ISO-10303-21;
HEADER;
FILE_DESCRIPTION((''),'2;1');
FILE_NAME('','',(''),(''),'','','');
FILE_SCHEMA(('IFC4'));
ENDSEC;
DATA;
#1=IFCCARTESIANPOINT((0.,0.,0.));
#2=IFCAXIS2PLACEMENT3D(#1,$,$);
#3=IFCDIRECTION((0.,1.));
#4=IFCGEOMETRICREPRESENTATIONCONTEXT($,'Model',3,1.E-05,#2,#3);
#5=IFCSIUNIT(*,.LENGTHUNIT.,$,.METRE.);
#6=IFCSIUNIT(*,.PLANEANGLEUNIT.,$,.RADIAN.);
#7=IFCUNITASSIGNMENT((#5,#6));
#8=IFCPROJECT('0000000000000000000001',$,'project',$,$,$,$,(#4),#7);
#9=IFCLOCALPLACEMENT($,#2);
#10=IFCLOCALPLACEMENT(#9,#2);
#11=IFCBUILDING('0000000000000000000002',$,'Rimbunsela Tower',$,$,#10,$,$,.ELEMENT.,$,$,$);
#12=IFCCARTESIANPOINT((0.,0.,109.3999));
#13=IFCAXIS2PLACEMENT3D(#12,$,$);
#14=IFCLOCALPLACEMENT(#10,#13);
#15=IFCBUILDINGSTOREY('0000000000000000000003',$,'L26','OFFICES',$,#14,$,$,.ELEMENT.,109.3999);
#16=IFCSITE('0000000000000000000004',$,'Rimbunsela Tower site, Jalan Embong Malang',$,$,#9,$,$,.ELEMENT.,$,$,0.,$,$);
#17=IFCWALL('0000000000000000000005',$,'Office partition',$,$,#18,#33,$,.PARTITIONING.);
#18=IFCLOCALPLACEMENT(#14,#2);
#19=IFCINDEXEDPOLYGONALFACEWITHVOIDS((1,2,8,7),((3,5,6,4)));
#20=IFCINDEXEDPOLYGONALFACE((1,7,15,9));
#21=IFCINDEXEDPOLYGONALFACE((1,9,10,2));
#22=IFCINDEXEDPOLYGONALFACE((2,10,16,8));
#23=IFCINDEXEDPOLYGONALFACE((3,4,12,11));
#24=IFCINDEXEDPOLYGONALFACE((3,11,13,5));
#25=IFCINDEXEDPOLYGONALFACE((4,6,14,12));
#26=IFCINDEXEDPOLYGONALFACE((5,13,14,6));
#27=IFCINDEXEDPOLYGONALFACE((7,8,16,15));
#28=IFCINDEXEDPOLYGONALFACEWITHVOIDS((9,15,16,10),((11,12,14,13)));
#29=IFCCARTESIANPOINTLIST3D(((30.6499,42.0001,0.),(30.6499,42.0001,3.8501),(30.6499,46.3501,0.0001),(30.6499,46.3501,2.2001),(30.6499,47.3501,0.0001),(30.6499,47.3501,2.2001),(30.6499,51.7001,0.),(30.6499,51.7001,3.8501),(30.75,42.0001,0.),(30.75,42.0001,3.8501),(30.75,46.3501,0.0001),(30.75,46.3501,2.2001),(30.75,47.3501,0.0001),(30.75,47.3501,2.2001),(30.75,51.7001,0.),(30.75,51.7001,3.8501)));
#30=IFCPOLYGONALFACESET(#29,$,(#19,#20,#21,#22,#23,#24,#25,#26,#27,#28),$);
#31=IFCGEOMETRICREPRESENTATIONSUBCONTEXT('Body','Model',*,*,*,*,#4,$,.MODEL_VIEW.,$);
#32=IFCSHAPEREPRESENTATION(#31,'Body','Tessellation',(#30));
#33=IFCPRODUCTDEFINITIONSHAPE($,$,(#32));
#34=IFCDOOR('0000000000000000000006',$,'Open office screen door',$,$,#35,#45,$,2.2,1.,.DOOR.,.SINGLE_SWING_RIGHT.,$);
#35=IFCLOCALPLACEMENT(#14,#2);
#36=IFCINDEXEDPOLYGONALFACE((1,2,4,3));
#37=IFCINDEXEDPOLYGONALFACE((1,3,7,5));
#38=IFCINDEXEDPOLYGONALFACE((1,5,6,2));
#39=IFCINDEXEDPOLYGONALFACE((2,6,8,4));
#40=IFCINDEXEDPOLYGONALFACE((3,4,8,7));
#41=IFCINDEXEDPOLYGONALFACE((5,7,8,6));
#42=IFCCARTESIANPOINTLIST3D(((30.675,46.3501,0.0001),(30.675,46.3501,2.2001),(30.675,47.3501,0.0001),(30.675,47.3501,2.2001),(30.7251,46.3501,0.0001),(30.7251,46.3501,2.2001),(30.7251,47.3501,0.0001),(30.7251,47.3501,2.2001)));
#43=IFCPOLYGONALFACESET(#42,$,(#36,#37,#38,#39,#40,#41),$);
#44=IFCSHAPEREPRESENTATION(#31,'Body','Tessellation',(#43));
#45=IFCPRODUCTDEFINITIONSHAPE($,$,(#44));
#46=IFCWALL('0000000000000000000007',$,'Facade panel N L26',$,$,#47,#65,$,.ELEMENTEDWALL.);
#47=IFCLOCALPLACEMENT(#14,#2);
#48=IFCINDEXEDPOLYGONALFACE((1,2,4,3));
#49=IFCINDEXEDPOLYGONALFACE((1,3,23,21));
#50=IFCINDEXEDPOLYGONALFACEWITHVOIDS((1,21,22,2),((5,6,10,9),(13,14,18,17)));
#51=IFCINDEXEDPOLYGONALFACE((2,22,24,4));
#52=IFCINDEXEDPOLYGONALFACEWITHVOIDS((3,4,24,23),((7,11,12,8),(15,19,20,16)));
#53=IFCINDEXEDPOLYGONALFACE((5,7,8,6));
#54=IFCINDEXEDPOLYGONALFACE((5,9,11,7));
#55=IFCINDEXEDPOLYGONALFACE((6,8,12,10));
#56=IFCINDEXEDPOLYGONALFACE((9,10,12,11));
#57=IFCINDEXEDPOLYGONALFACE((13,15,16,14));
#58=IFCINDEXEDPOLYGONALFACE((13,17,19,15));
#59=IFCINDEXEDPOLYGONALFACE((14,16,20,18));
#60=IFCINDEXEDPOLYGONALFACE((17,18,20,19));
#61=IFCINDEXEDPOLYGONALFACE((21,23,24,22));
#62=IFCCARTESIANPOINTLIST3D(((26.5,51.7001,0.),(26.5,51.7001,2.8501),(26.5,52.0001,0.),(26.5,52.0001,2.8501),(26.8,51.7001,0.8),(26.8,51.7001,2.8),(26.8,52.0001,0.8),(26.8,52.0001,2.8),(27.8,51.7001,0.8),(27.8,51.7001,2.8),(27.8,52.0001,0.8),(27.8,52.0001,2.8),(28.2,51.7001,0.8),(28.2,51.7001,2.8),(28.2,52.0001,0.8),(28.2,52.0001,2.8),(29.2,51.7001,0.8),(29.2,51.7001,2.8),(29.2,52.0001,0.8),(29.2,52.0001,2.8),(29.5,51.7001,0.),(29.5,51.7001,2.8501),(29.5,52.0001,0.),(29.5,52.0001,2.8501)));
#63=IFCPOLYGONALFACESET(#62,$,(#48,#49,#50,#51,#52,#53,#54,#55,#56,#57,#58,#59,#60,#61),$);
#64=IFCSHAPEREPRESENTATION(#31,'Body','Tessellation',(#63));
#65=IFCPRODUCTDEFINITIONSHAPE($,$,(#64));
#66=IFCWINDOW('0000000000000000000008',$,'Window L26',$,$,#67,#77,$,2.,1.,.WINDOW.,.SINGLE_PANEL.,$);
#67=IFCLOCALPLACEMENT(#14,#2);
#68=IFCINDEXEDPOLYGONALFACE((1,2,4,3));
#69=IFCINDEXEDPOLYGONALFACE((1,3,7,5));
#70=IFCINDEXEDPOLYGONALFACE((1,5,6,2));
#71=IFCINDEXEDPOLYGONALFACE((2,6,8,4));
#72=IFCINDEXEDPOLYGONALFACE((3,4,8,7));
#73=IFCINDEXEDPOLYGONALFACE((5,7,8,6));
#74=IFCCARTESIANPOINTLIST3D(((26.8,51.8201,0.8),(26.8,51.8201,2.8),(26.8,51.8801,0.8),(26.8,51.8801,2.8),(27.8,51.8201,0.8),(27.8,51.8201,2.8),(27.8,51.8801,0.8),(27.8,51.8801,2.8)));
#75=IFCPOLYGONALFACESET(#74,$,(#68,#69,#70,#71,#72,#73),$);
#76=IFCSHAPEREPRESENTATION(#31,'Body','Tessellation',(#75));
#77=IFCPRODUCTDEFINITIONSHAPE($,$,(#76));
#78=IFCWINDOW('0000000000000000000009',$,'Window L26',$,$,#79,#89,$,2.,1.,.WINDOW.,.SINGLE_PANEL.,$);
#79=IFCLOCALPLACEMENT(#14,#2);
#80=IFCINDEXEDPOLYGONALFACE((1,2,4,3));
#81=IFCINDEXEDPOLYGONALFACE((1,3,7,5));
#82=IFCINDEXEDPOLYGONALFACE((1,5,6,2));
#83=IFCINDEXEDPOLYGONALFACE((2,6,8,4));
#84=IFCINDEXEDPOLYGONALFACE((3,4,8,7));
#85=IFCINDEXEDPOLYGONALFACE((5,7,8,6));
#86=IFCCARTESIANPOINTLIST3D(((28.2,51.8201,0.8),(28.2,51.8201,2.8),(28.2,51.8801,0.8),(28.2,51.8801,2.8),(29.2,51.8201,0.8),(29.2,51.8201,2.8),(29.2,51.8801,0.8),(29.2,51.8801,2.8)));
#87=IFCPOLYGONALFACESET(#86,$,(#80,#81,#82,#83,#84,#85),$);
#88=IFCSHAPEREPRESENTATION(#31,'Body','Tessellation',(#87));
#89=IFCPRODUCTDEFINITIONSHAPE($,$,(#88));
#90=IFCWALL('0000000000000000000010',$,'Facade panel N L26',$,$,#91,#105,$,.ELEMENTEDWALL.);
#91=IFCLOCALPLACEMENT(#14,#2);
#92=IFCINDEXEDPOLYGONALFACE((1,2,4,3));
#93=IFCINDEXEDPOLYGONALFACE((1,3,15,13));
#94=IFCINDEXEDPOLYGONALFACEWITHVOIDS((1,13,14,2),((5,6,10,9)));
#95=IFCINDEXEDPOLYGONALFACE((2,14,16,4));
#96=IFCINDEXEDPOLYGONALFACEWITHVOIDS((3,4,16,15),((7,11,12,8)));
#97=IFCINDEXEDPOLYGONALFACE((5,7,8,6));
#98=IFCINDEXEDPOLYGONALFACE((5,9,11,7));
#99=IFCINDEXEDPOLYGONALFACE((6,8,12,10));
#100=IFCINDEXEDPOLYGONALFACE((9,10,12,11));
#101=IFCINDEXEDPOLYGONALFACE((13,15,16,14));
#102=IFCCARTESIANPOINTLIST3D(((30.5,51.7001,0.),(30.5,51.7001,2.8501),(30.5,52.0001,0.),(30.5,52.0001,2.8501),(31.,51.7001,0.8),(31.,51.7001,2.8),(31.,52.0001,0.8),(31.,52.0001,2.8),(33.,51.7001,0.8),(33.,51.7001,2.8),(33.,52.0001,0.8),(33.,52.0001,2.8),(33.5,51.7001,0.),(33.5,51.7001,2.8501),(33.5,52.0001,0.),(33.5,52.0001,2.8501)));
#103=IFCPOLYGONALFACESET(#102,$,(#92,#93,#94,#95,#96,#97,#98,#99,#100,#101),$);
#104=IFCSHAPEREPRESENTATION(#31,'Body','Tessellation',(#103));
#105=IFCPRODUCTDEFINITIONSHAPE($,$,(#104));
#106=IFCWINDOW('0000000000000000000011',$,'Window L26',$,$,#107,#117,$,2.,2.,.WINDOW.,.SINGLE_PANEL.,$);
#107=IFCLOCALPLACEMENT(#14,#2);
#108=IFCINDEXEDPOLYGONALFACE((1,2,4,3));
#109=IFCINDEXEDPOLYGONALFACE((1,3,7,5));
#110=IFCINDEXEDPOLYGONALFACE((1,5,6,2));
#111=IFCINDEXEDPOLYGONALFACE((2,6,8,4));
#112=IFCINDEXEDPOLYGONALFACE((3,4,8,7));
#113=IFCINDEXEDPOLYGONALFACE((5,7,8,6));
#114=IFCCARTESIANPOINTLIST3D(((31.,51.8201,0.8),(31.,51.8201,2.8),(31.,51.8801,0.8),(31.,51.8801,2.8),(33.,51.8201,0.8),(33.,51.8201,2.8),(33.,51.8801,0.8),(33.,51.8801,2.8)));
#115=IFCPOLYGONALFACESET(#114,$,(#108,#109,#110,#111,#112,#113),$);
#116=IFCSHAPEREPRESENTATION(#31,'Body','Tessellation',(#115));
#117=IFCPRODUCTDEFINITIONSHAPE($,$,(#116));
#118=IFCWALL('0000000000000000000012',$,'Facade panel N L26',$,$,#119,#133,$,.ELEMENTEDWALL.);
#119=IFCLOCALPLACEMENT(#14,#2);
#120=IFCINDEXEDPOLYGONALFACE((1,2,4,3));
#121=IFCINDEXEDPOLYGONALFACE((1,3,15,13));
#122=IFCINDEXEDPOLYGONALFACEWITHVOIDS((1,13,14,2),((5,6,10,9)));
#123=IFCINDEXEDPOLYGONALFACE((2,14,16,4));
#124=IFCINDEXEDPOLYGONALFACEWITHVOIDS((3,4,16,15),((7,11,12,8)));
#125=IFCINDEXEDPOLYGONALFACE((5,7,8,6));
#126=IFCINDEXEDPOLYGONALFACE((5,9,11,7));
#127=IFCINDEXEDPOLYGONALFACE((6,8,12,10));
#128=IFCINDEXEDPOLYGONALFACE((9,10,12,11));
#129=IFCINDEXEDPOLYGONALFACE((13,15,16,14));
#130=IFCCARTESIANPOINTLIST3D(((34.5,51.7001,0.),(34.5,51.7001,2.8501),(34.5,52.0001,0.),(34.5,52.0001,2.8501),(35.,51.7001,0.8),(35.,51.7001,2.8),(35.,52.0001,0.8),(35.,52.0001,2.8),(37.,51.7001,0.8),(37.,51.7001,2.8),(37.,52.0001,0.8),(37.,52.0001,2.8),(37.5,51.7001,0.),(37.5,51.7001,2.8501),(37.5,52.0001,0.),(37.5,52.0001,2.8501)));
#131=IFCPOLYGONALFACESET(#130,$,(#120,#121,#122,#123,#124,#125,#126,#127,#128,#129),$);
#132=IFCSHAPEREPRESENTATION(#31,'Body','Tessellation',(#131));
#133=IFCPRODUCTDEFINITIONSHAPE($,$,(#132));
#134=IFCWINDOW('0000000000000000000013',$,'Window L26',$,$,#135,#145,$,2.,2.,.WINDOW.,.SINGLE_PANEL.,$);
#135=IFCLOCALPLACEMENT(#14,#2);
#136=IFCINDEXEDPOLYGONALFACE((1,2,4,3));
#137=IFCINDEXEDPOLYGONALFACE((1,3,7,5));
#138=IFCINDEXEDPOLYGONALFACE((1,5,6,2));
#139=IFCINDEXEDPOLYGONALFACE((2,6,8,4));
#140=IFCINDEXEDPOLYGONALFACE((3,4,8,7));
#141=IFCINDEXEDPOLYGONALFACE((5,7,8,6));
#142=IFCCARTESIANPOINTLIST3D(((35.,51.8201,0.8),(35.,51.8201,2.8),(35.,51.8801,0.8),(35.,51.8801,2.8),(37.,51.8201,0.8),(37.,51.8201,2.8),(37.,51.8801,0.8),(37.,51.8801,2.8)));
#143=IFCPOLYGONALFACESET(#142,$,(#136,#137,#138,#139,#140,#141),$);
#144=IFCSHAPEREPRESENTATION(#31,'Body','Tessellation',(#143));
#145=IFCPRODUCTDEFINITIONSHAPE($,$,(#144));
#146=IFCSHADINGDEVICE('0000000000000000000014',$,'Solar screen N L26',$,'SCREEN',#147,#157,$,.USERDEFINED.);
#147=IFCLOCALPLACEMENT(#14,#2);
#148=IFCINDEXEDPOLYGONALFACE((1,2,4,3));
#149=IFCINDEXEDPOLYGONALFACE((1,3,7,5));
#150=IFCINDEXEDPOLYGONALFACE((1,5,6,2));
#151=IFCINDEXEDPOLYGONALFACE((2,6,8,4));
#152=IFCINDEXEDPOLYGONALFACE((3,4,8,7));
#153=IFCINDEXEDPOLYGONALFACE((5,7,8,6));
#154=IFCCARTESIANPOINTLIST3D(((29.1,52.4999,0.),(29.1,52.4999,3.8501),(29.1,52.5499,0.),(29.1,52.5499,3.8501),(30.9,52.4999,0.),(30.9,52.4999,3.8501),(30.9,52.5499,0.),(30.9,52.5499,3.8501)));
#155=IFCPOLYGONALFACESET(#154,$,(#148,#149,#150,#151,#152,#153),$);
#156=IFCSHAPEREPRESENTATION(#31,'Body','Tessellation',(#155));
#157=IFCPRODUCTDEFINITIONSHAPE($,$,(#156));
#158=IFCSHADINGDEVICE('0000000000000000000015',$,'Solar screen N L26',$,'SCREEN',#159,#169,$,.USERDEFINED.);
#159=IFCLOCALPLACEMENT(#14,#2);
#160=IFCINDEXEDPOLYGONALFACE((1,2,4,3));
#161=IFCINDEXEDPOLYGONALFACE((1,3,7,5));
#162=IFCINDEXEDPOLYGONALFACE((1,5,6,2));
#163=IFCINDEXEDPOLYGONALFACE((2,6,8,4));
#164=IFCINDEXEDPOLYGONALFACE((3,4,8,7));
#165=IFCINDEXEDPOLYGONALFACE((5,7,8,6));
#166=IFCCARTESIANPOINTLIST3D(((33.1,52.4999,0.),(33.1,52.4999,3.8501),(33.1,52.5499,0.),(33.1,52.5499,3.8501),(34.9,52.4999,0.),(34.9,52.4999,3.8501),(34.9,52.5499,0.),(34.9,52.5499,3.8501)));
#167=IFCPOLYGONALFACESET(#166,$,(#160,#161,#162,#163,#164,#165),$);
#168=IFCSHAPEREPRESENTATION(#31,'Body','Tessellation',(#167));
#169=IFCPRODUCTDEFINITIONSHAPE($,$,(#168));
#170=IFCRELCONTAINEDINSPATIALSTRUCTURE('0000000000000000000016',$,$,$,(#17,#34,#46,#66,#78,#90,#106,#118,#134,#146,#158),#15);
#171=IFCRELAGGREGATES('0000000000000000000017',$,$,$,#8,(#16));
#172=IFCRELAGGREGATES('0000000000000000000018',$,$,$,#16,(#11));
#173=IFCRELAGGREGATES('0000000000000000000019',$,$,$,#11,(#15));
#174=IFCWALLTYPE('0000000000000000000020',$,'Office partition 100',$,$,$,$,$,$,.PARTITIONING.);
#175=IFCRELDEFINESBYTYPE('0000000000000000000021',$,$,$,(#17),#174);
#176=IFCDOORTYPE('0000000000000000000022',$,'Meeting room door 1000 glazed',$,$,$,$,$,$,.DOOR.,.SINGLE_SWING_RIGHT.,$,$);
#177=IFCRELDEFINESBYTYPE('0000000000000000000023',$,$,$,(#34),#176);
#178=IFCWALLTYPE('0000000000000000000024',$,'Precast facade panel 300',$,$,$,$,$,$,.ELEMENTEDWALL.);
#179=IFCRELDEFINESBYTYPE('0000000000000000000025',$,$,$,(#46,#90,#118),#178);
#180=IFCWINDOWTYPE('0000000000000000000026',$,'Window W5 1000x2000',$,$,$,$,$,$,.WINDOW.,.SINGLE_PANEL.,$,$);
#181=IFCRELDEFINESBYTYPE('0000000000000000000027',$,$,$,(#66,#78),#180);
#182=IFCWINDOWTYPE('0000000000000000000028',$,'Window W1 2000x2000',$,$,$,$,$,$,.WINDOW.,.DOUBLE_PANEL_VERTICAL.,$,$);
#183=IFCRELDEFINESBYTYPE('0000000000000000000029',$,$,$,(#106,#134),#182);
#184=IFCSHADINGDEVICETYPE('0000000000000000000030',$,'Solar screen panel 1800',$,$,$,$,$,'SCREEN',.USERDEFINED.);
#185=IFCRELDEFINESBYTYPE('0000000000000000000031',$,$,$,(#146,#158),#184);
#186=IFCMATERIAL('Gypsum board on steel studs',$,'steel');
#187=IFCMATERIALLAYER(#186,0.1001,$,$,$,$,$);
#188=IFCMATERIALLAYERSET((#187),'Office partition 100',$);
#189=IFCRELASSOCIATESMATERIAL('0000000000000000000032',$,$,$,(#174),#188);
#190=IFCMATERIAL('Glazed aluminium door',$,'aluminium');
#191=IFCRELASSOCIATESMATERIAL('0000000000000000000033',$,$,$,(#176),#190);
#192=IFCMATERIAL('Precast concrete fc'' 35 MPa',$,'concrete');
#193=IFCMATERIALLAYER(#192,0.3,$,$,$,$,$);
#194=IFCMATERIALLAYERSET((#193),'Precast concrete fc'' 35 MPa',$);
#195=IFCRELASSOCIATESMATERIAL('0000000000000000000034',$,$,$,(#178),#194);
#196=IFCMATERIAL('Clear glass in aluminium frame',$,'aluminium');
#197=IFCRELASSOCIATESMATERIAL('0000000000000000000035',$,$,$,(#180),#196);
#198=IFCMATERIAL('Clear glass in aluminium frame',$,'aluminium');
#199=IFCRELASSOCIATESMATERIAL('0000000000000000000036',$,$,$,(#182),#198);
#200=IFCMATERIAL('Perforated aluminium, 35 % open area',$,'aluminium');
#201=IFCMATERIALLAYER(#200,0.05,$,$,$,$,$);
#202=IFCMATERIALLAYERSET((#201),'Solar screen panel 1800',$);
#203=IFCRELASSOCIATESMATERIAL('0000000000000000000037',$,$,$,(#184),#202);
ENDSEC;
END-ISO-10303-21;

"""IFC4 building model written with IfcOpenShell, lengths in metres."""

from ifc_helpers import new_model, si_unit, direction, frame, frame_2d, origin, origin_2d, place, context, subcontext, project, spatial, rectangle, extrude, material, layer, layer_set, type_object, element, fill, save


model = new_model("IFC4")

# Units and contexts
model_context = context("Model", 3, precision=1e-05, world=origin(), true_north=direction((0.0, 1.0)))
body_context = subcontext(model_context, "Body", "Model", "MODEL_VIEW")
ifc_project = project(units=[si_unit("LENGTHUNIT", "METRE"), si_unit("PLANEANGLEUNIT", "RADIAN")], contexts=[model_context])

# Site, building, storey
site_placement = place(None, origin())
site = spatial("IfcSite", under=ifc_project, at=site_placement, Name="Rimbunsela Tower site, Jalan Embong Malang", CompositionType="ELEMENT", RefElevation=0.0)
building_placement = place(site_placement, origin())
building = spatial("IfcBuilding", under=site, at=building_placement, Name="Rimbunsela Tower", CompositionType="ELEMENT")
storey_placement = place(building_placement, frame((0.0, 0.0, 109.3999)))
storey = spatial("IfcBuildingStorey", under=building, at=storey_placement, Name="L26", Description="OFFICES", CompositionType="ELEMENT", Elevation=109.3999)

# Shared definitions
ifc_material_1 = material(Name="Gypsum board on steel studs", Category="steel")
ifc_layer_1 = layer(ifc_material_1, 0.1001)
ifc_layer_set_1 = layer_set([ifc_layer_1], Name="Office partition 100")
wall_type_1 = type_object("IfcWallType", Name="Office partition 100", PredefinedType="PARTITIONING", material=ifc_layer_set_1)

# Wall, opening, door
wall_1_placement = place(storey_placement, frame((30.7, 42.0, 0.0), z_axis=(0.0, 0.0, 1.0), x_axis=(0.0, 1.0, 0.0)))
wall_1 = element("IfcWall", 1, at=wall_1_placement, inside=storey, type_object=wall_type_1, Name="Office partition", PredefinedType="PARTITIONING", context=body_context, shape_type="SweptSolid", body=[
    extrude(rectangle(XDim=9.7, YDim=0.1001, at=frame_2d((4.8501, 0.0))), origin(), (0.0, 0.0, 1.0), 3.8501),
])
opening_1_placement = place(wall_1_placement, frame((4.3501, 0.0, 0.0)))
opening_1 = element("IfcOpeningElement", 2, at=opening_1_placement, cuts=wall_1, PredefinedType="OPENING", context=body_context, shape_type="SweptSolid", body=[
    extrude(rectangle(XDim=1.0, YDim=2.2, at=frame_2d((0.5, 1.1001))), frame((0.0, 0.0601, 0.0), z_axis=(0.0, -1.0, 0.0), x_axis=(1.0, 0.0, 0.0)), (0.0, 0.0, 1.0), 0.1201),
])
ifc_material_2 = material(Name="Glazed aluminium door", Category="aluminium")
door_type_1 = type_object("IfcDoorType", Name="Meeting room door 1000 glazed", OperationType="SINGLE_SWING_RIGHT", PredefinedType="DOOR", material=ifc_material_2)
door_1_placement = place(opening_1_placement, origin())
door_1 = element("IfcDoor", 3, at=door_1_placement, inside=storey, type_object=door_type_1, Name="Open office screen door", OperationType="SINGLE_SWING_RIGHT", OverallHeight=2.2, OverallWidth=1.0, PredefinedType="DOOR", context=body_context, shape_type="SweptSolid", body=[
    extrude(rectangle(XDim=1.0, YDim=2.2, at=frame_2d((0.5, 1.1001))), frame((0.0, 0.0249, 0.0), z_axis=(0.0, -1.0, 0.0), x_axis=(1.0, 0.0, 0.0)), (0.0, 0.0, 1.0), 0.05),
])
fill(opening_1, door_1)

# Wall, openings, windows
ifc_material_3 = material(Name="Precast concrete fc' 35 MPa", Category="concrete")
ifc_layer_2 = layer(ifc_material_3, 0.3)
ifc_layer_set_2 = layer_set([ifc_layer_2], Name="Precast concrete fc' 35 MPa")
wall_type_2 = type_object("IfcWallType", Name="Precast facade panel 300", PredefinedType="ELEMENTEDWALL", material=ifc_layer_set_2)
wall_2_placement = place(storey_placement, frame((29.5, 51.8501, 0.0), z_axis=(0.0, 0.0, 1.0), x_axis=(-1.0, 0.0, 0.0)))
wall_2 = element("IfcWall", 4, at=wall_2_placement, inside=storey, type_object=wall_type_2, Name="Facade panel N L26", PredefinedType="ELEMENTEDWALL", context=body_context, shape_type="SweptSolid", body=[
    extrude(rectangle(XDim=3.0, YDim=0.3, at=frame_2d((1.5, 0.0))), origin(), (0.0, 0.0, 1.0), 2.8501),
])
opening_2_placement = place(wall_2_placement, frame((1.7, 0.0, 0.8)))
opening_2 = element("IfcOpeningElement", 5, at=opening_2_placement, cuts=wall_2, PredefinedType="OPENING", context=body_context, shape_type="SweptSolid", body=[
    extrude(rectangle(XDim=1.0, YDim=2.0, at=frame_2d((0.5, 1.0))), frame((0.0, 0.1599, 0.0), z_axis=(0.0, -1.0, 0.0), x_axis=(1.0, 0.0, 0.0)), (0.0, 0.0, 1.0), 0.3201),
])
opening_3_placement = place(wall_2_placement, frame((0.3, 0.0, 0.8)))
opening_3 = element("IfcOpeningElement", 6, at=opening_3_placement, cuts=wall_2, PredefinedType="OPENING", context=body_context, shape_type="SweptSolid", body=[
    extrude(rectangle(XDim=1.0, YDim=2.0, at=frame_2d((0.5, 1.0))), frame((0.0, 0.1599, 0.0), z_axis=(0.0, -1.0, 0.0), x_axis=(1.0, 0.0, 0.0)), (0.0, 0.0, 1.0), 0.3201),
])
ifc_material_4 = material(Name="Clear glass in aluminium frame", Category="aluminium")
window_type_1 = type_object("IfcWindowType", Name="Window W5 1000x2000", PartitioningType="SINGLE_PANEL", PredefinedType="WINDOW", material=ifc_material_4)
window_1_placement = place(opening_2_placement, origin())
window_1 = element("IfcWindow", 7, at=window_1_placement, inside=storey, type_object=window_type_1, Name="Window L26", OverallHeight=2.0, OverallWidth=1.0, PartitioningType="SINGLE_PANEL", PredefinedType="WINDOW", context=body_context, shape_type="SweptSolid", body=[
    extrude(rectangle(XDim=1.0, YDim=2.0, at=frame_2d((0.5, 1.0))), frame((0.0, 0.03, 0.0), z_axis=(0.0, -1.0, 0.0), x_axis=(1.0, 0.0, 0.0)), (0.0, 0.0, 1.0), 0.0601),
])
fill(opening_2, window_1)
window_2_placement = place(opening_3_placement, origin())
window_2 = element("IfcWindow", 8, at=window_2_placement, inside=storey, type_object=window_type_1, Name="Window L26", OverallHeight=2.0, OverallWidth=1.0, PartitioningType="SINGLE_PANEL", PredefinedType="WINDOW", context=body_context, shape_type="SweptSolid", body=[
    extrude(rectangle(XDim=1.0, YDim=2.0, at=frame_2d((0.5, 1.0))), frame((0.0, 0.03, 0.0), z_axis=(0.0, -1.0, 0.0), x_axis=(1.0, 0.0, 0.0)), (0.0, 0.0, 1.0), 0.0601),
])
fill(opening_3, window_2)

# Walls, openings, windows
wall_3_placement = place(storey_placement, frame((33.5, 51.8501, 0.0), z_axis=(0.0, 0.0, 1.0), x_axis=(-1.0, 0.0, 0.0)))
wall_3 = element("IfcWall", 9, at=wall_3_placement, inside=storey, type_object=wall_type_2, Name="Facade panel N L26", PredefinedType="ELEMENTEDWALL", context=body_context, shape_type="SweptSolid", body=[
    extrude(rectangle(XDim=3.0, YDim=0.3, at=frame_2d((1.5, 0.0))), origin(), (0.0, 0.0, 1.0), 2.8501),
])
opening_4_placement = place(wall_3_placement, frame((0.5, 0.0, 0.8)))
opening_4 = element("IfcOpeningElement", 10, at=opening_4_placement, cuts=wall_3, PredefinedType="OPENING", context=body_context, shape_type="SweptSolid", body=[
    extrude(rectangle(XDim=2.0, YDim=2.0, at=frame_2d((1.0, 1.0))), frame((0.0, 0.1599, 0.0), z_axis=(0.0, -1.0, 0.0), x_axis=(1.0, 0.0, 0.0)), (0.0, 0.0, 1.0), 0.3201),
])
ifc_material_5 = material(Name="Clear glass in aluminium frame", Category="aluminium")
window_type_2 = type_object("IfcWindowType", Name="Window W1 2000x2000", PartitioningType="DOUBLE_PANEL_VERTICAL", PredefinedType="WINDOW", material=ifc_material_5)
window_3_placement = place(opening_4_placement, origin())
window_3 = element("IfcWindow", 11, at=window_3_placement, inside=storey, type_object=window_type_2, Name="Window L26", OverallHeight=2.0, OverallWidth=2.0, PartitioningType="SINGLE_PANEL", PredefinedType="WINDOW", context=body_context, shape_type="SweptSolid", body=[
    extrude(rectangle(XDim=2.0, YDim=2.0, at=frame_2d((1.0, 1.0))), frame((0.0, 0.03, 0.0), z_axis=(0.0, -1.0, 0.0), x_axis=(1.0, 0.0, 0.0)), (0.0, 0.0, 1.0), 0.0601),
])
fill(opening_4, window_3)
wall_4_placement = place(storey_placement, frame((37.5, 51.8501, 0.0), z_axis=(0.0, 0.0, 1.0), x_axis=(-1.0, 0.0, 0.0)))
wall_4 = element("IfcWall", 12, at=wall_4_placement, inside=storey, type_object=wall_type_2, Name="Facade panel N L26", PredefinedType="ELEMENTEDWALL", context=body_context, shape_type="SweptSolid", body=[
    extrude(rectangle(XDim=3.0, YDim=0.3, at=frame_2d((1.5, 0.0))), origin(), (0.0, 0.0, 1.0), 2.8501),
])
opening_5_placement = place(wall_4_placement, frame((0.5, 0.0, 0.8)))
opening_5 = element("IfcOpeningElement", 13, at=opening_5_placement, cuts=wall_4, PredefinedType="OPENING", context=body_context, shape_type="SweptSolid", body=[
    extrude(rectangle(XDim=2.0, YDim=2.0, at=frame_2d((1.0, 1.0))), frame((0.0, 0.1599, 0.0), z_axis=(0.0, -1.0, 0.0), x_axis=(1.0, 0.0, 0.0)), (0.0, 0.0, 1.0), 0.3201),
])
window_4_placement = place(opening_5_placement, origin())
window_4 = element("IfcWindow", 14, at=window_4_placement, inside=storey, type_object=window_type_2, Name="Window L26", OverallHeight=2.0, OverallWidth=2.0, PartitioningType="SINGLE_PANEL", PredefinedType="WINDOW", context=body_context, shape_type="SweptSolid", body=[
    extrude(rectangle(XDim=2.0, YDim=2.0, at=frame_2d((1.0, 1.0))), frame((0.0, 0.03, 0.0), z_axis=(0.0, -1.0, 0.0), x_axis=(1.0, 0.0, 0.0)), (0.0, 0.0, 1.0), 0.0601),
])
fill(opening_5, window_4)

# Shading devices
ifc_material_6 = material(Name="Perforated aluminium, 35 % open area", Category="aluminium")
ifc_layer_3 = layer(ifc_material_6, 0.05)
ifc_layer_set_3 = layer_set([ifc_layer_3], Name="Solar screen panel 1800")
shading_device_type = type_object("IfcShadingDeviceType", Name="Solar screen panel 1800", ElementType="SCREEN", PredefinedType="USERDEFINED", material=ifc_layer_set_3)
for number, where, z_axis, x_axis, name in (
    (15, (30.0, 52.5249, 0.0), (0.0, 0.0, 1.0), (1.0, 0.0, 0.0), "Solar screen N L26"),
    (16, (34.0, 52.5249, 0.0), (0.0, 0.0, 1.0), (1.0, 0.0, 0.0), "Solar screen N L26"),
):
    element("IfcShadingDevice", number, at=place(storey_placement, frame(where, z_axis=z_axis, x_axis=x_axis)), inside=storey, type_object=shading_device_type, Name=name, ObjectType="SCREEN", PredefinedType="USERDEFINED", context=body_context, shape_type="SweptSolid", body=[
        extrude(rectangle(XDim=1.8, YDim=0.05, at=origin_2d()), origin(), (0.0, 0.0, 1.0), 3.8501),
    ])

save(model, "model.ifc")
